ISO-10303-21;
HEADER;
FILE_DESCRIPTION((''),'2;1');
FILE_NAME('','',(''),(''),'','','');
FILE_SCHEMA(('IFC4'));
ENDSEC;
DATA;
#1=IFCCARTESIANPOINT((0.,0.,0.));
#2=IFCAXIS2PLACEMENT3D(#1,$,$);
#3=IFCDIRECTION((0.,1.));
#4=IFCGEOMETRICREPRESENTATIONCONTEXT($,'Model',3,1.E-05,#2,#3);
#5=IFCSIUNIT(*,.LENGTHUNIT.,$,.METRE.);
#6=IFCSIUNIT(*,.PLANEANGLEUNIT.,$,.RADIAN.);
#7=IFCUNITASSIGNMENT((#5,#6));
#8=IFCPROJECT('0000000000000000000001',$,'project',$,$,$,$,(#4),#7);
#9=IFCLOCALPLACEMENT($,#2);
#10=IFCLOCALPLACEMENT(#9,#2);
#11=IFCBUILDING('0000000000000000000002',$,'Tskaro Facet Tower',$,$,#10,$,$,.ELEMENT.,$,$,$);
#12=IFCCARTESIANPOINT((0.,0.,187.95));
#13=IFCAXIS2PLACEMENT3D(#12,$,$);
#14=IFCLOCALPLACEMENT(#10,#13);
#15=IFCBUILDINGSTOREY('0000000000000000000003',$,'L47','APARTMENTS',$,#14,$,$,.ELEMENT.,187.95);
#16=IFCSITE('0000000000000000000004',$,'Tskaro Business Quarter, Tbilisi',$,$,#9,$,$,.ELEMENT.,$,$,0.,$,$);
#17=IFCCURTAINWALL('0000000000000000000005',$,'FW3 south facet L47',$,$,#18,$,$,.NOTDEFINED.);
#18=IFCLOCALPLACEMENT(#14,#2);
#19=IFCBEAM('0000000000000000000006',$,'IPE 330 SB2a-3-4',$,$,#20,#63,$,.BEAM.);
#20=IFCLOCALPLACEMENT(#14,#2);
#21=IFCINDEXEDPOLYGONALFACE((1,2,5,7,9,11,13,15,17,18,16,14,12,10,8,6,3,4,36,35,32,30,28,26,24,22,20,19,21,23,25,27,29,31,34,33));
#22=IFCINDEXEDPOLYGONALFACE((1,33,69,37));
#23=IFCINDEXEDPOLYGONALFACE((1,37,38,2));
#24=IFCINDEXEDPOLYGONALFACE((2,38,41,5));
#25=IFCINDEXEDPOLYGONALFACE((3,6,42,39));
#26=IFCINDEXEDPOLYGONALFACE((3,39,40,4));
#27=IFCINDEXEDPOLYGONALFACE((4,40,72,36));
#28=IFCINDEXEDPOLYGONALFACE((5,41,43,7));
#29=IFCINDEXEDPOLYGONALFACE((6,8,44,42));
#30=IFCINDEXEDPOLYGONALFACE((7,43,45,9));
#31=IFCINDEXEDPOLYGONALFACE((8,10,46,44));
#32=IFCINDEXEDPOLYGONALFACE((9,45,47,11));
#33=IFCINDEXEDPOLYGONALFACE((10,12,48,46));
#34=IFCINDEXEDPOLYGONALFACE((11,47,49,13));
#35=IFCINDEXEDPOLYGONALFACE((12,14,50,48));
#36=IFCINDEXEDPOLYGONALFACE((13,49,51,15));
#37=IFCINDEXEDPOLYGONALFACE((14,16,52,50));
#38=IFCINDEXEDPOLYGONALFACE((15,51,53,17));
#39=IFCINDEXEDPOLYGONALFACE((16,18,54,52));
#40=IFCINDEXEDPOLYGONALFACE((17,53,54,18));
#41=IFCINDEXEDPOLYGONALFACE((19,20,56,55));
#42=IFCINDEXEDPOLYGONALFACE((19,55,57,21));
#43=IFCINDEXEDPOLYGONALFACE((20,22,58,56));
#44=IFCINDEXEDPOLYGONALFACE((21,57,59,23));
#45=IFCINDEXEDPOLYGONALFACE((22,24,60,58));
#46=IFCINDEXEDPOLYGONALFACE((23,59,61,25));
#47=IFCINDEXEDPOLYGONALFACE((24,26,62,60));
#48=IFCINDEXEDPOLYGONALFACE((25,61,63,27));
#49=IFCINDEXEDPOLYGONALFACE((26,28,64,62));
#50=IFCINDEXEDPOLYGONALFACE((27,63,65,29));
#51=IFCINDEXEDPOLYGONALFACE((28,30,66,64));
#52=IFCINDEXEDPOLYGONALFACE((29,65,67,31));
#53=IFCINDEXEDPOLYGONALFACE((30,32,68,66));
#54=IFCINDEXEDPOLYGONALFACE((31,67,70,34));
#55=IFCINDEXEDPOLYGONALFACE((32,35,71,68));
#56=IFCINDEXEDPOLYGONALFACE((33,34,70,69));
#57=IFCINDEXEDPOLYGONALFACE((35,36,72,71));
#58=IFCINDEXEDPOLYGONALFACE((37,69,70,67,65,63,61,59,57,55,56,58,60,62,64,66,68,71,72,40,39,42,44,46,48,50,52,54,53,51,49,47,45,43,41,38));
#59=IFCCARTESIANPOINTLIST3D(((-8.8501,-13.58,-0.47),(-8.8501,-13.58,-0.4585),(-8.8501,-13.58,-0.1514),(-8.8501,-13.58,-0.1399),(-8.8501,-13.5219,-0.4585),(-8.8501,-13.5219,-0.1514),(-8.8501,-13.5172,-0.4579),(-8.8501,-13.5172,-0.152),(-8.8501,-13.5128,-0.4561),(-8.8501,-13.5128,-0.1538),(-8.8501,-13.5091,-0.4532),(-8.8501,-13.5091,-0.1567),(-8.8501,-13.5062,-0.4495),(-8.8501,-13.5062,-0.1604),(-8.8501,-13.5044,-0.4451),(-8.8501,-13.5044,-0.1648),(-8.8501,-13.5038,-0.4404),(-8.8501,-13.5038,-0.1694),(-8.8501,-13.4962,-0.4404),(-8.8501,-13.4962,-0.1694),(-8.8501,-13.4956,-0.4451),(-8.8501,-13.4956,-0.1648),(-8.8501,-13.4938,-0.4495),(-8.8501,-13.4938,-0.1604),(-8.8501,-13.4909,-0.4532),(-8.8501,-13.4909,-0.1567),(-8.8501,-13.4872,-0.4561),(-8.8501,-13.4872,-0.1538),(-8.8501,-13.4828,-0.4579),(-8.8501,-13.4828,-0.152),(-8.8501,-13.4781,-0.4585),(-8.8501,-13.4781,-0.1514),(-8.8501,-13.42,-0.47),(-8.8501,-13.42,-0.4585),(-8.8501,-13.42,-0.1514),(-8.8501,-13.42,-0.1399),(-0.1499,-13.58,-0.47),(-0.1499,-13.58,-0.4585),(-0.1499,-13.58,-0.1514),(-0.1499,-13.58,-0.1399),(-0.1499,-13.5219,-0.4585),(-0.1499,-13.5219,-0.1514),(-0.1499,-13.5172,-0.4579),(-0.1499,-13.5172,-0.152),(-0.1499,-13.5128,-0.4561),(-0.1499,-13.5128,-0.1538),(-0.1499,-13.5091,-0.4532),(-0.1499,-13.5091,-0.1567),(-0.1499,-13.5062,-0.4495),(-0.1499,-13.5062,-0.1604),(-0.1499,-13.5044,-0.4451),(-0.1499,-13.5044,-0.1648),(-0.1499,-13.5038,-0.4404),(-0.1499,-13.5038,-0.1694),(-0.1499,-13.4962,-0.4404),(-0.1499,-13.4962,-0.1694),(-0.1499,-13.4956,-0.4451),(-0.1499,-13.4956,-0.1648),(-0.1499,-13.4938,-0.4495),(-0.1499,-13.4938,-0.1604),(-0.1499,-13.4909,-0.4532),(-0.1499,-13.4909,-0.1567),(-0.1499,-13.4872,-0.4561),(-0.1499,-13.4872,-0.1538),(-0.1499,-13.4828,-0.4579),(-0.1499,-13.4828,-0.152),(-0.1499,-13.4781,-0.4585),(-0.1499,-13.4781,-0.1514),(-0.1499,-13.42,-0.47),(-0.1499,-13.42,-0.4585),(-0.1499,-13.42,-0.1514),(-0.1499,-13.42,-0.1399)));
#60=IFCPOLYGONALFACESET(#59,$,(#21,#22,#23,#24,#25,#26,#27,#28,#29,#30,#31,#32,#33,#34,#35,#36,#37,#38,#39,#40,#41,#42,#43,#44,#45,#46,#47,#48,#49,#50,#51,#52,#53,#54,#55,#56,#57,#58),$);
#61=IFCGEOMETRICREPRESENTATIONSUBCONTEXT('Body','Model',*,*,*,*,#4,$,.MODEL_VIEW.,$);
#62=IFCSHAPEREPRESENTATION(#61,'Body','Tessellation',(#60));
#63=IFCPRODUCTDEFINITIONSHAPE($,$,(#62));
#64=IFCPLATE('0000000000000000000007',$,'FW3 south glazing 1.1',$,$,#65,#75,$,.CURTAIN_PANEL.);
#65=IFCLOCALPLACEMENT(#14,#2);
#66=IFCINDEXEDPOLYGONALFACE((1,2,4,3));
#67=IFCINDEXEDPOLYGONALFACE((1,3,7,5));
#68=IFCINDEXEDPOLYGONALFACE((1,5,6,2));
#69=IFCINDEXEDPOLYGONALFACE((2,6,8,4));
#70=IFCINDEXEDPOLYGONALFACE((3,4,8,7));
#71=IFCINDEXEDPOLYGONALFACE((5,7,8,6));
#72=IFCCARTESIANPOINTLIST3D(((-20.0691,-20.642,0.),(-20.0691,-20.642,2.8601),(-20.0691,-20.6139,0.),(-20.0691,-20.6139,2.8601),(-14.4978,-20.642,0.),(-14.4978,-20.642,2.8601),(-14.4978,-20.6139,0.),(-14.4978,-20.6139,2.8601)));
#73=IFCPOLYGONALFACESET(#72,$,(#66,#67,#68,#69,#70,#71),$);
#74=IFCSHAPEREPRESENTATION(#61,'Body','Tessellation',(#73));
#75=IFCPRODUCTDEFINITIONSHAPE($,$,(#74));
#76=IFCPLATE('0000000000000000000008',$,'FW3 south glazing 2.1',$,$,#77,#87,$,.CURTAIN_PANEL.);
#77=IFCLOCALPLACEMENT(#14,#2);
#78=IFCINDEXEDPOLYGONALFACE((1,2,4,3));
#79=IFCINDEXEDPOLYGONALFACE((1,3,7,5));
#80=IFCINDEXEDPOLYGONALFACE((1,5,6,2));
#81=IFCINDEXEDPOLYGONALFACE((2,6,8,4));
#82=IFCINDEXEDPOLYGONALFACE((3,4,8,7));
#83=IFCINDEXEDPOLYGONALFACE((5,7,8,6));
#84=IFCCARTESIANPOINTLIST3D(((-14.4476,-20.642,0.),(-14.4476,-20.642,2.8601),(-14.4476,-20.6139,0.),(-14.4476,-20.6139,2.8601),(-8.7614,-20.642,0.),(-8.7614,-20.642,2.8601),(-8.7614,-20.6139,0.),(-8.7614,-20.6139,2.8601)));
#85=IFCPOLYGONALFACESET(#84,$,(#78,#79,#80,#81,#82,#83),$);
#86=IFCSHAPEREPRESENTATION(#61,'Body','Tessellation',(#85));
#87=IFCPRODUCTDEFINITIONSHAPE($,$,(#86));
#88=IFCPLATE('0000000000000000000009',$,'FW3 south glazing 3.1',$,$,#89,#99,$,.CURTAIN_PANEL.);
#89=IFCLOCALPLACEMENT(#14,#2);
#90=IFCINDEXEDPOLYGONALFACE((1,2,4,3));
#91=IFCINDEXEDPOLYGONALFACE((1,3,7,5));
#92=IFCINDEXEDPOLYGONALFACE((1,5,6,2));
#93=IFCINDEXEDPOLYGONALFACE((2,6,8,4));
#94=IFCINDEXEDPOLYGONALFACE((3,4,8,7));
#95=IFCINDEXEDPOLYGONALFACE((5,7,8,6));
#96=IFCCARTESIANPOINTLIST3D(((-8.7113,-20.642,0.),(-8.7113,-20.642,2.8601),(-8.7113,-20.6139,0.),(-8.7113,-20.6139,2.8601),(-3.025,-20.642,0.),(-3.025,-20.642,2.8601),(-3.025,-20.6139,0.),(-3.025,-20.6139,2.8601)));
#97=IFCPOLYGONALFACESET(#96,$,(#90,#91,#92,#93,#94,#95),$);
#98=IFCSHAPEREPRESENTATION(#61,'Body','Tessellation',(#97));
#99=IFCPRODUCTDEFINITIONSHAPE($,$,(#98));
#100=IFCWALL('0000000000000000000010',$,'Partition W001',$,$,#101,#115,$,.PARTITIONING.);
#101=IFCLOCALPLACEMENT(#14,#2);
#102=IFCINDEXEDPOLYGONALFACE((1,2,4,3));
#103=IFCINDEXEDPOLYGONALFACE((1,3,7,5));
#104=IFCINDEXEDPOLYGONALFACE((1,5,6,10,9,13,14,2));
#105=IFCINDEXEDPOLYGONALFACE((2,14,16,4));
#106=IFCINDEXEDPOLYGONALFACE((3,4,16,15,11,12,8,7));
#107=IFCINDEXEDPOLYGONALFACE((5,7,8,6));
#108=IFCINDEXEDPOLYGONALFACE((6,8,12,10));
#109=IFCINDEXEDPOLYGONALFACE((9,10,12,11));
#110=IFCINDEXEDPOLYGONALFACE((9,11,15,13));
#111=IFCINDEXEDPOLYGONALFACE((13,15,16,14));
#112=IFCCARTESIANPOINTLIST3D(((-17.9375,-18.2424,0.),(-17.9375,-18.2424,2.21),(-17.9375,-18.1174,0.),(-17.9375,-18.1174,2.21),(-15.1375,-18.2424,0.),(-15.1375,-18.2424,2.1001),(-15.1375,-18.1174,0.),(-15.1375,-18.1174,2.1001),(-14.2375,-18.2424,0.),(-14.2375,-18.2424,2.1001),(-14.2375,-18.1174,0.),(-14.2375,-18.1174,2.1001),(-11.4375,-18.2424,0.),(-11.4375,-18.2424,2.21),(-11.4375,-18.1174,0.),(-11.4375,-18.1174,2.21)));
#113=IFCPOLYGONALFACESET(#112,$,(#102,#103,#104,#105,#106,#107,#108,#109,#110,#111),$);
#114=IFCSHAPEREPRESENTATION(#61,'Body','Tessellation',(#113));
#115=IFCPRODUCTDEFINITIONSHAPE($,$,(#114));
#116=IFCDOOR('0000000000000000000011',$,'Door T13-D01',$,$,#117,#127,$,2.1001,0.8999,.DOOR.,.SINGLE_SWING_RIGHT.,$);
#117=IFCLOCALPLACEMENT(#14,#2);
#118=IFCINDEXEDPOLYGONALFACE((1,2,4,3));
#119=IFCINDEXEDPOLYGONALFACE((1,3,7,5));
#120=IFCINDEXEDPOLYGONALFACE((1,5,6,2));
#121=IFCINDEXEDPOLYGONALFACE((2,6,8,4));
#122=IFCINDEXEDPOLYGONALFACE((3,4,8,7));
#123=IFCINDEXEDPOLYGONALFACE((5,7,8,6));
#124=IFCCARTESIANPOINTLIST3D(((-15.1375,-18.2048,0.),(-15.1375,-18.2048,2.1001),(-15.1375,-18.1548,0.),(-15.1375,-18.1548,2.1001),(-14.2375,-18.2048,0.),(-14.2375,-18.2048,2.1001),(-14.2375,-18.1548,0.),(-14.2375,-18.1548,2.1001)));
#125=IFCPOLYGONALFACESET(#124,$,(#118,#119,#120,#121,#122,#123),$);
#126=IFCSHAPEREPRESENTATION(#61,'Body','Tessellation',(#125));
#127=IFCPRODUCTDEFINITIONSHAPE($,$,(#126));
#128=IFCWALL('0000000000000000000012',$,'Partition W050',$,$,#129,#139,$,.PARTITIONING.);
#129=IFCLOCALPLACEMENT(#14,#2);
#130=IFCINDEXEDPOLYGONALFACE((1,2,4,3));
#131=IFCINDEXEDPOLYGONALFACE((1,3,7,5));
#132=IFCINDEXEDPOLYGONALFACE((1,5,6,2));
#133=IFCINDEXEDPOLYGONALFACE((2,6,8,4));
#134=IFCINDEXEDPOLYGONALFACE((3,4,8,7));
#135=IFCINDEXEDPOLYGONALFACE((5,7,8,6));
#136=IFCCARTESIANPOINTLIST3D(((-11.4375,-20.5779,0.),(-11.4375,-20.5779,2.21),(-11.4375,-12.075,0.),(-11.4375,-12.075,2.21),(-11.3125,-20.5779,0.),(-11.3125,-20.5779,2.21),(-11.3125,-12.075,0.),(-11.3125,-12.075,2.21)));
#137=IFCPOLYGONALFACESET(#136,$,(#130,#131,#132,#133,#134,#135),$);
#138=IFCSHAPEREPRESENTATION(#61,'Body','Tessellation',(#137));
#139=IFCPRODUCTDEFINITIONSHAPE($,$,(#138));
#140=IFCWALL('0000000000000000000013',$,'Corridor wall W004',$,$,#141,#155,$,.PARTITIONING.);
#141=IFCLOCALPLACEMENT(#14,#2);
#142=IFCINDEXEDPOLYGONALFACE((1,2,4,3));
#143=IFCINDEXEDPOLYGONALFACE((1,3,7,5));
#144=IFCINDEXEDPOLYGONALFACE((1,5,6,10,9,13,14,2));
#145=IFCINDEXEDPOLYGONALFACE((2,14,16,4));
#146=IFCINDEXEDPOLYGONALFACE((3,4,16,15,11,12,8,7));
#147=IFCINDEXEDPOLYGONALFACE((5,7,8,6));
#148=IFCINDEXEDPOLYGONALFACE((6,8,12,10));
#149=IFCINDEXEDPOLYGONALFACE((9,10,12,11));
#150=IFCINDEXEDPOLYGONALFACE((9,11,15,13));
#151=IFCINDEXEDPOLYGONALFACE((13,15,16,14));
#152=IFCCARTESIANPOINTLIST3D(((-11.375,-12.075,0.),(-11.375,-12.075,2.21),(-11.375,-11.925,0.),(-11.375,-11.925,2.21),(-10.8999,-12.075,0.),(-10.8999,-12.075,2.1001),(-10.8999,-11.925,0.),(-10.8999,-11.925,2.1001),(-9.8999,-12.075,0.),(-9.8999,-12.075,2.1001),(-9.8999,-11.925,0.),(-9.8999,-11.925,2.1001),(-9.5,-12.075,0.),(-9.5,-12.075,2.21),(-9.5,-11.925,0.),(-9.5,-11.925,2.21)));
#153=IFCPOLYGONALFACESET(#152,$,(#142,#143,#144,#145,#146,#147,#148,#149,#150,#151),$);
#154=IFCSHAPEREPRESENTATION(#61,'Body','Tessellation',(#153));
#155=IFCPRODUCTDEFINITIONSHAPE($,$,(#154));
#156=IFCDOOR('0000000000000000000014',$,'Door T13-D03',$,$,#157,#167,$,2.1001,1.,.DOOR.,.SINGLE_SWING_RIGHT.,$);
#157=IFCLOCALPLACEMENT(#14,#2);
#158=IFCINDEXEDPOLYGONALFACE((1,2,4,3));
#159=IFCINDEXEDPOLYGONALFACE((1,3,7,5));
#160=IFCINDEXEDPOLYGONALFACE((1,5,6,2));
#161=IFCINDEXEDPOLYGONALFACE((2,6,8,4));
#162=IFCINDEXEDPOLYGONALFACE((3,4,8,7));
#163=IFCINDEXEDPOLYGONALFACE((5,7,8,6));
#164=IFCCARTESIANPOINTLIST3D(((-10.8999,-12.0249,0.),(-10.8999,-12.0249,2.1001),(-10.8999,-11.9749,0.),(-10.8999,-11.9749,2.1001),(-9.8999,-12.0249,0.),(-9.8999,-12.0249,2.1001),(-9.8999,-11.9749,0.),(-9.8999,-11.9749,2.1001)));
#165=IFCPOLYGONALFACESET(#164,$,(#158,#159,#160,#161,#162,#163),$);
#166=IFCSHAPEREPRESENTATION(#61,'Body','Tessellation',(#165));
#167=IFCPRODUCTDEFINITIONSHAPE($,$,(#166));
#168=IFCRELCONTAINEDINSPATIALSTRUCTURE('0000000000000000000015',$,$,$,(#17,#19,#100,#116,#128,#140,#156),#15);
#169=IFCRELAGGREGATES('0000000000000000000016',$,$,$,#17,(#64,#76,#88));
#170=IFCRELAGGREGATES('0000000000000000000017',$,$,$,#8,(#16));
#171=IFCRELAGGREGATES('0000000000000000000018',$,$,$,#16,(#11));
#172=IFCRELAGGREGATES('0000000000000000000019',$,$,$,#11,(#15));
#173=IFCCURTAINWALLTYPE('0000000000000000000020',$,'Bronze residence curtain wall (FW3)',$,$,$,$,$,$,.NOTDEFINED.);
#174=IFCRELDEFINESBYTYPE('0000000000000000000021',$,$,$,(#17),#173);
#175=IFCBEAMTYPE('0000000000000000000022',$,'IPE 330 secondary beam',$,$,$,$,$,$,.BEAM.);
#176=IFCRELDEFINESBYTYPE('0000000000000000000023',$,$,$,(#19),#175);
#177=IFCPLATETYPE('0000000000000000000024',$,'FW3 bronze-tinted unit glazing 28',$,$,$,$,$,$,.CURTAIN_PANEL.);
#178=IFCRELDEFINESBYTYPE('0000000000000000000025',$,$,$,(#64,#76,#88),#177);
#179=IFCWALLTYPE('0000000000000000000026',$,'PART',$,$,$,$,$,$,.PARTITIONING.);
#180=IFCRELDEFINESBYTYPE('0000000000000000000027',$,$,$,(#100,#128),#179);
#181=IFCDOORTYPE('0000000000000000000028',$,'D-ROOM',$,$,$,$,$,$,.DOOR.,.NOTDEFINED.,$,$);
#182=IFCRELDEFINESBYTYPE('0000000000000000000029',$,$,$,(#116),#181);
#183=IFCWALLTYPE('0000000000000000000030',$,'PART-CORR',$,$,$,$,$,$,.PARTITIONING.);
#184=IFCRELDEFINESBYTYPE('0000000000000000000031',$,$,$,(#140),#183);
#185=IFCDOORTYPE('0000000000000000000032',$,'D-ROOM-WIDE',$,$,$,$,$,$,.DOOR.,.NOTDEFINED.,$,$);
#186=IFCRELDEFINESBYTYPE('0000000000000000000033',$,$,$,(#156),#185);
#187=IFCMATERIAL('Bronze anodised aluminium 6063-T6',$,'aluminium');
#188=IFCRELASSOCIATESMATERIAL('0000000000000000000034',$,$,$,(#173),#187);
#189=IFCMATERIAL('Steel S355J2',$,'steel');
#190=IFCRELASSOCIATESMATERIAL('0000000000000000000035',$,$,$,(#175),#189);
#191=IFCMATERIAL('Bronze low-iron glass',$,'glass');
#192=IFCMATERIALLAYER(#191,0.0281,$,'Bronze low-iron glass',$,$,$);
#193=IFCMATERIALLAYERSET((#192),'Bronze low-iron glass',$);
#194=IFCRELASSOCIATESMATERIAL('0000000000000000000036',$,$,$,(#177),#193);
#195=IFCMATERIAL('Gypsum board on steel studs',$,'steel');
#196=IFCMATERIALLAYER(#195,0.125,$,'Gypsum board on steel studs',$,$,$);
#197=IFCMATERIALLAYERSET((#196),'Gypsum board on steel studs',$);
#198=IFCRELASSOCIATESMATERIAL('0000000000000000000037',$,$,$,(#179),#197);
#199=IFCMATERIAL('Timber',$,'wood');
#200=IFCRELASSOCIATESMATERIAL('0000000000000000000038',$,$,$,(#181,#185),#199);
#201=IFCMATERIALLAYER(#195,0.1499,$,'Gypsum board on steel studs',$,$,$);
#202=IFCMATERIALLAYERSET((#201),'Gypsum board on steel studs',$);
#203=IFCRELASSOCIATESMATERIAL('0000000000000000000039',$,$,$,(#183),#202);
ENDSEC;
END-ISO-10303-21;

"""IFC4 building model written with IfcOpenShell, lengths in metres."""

from ifc_helpers import new_model, si_unit, direction, frame, frame_2d, origin, origin_2d, place, context, subcontext, project, spatial, rectangle, i_section, extrude, material, layer, layer_set, material_profile, profile_set, type_object, element, fill, aggregate, save


model = new_model("IFC4")

# Units and contexts
model_context = context("Model", 3, precision=1e-05, world=origin(), true_north=direction((0.0, 1.0)))
body_context = subcontext(model_context, "Body", "Model", "MODEL_VIEW")
ifc_project = project(units=[si_unit("LENGTHUNIT", "METRE"), si_unit("PLANEANGLEUNIT", "RADIAN")], contexts=[model_context])

# Site, building, storey
site_placement = place(None, origin())
site = spatial("IfcSite", under=ifc_project, at=site_placement, Name="Tskaro Business Quarter, Tbilisi", CompositionType="ELEMENT", RefElevation=0.0)
building_placement = place(site_placement, origin())
building = spatial("IfcBuilding", under=site, at=building_placement, Name="Tskaro Facet Tower", CompositionType="ELEMENT")
storey_placement = place(building_placement, frame((0.0, 0.0, 187.95)))
storey = spatial("IfcBuildingStorey", under=building, at=storey_placement, Name="L47", Description="APARTMENTS", CompositionType="ELEMENT", Elevation=187.95)

# Curtain wall
ifc_material_1 = material(Name="Bronze anodised aluminium 6063-T6", Category="aluminium")
curtain_wall_type = type_object("IfcCurtainWallType", Name="Bronze residence curtain wall (FW3)", PredefinedType="NOTDEFINED", material=ifc_material_1)
curtain_wall_placement = place(storey_placement, origin())
curtain_wall = element("IfcCurtainWall", 1, at=curtain_wall_placement, inside=storey, type_object=curtain_wall_type, Name="FW3 south facet L47", PredefinedType="NOTDEFINED")

# Beam
ifc_material_2 = material(Name="Steel S355J2", Category="steel")
ifc_material_profile_1 = material_profile(ifc_material_2, i_section(OverallWidth=0.1599, OverallDepth=0.3301, WebThickness=0.0076, FlangeThickness=0.0115, FilletRadius=0.0181, at=origin_2d()), Name="IPE 330")
ifc_profile_set_1 = profile_set([ifc_material_profile_1], Name="Steel S355J2")
beam_type_1 = type_object("IfcBeamType", Name="IPE 330 secondary beam", PredefinedType="BEAM", material=ifc_profile_set_1)
for number, where, z_axis, x_axis, name in (
    (2, (-8.8501, -13.5, -0.3049), (1.0, 0.0, 0.0), (0.0, 1.0, 0.0), "IPE 330 SB2a-3-4"),
):
    element("IfcBeam", number, at=place(storey_placement, frame(where, z_axis=z_axis, x_axis=x_axis)), inside=storey, type_object=beam_type_1, Name=name, PredefinedType="BEAM", context=body_context, shape_type="SweptSolid", body=[
        extrude(i_section(OverallWidth=0.1599, OverallDepth=0.3301, WebThickness=0.0076, FlangeThickness=0.0115, FilletRadius=0.0181, at=origin_2d()), origin(), (0.0, 0.0, 1.0), 8.7002),
    ])

# Plates
ifc_material_3 = material(Name="Bronze low-iron glass", Category="glass")
ifc_layer_1 = layer(ifc_material_3, 0.0281, Name="Bronze low-iron glass")
ifc_layer_set_1 = layer_set([ifc_layer_1], Name="Bronze low-iron glass")
plate_type = type_object("IfcPlateType", Name="FW3 bronze-tinted unit glazing 28", PredefinedType="CURTAIN_PANEL", material=ifc_layer_set_1)
plate_1_placement = place(storey_placement, frame((-17.2834, -20.6279, 0.0), z_axis=(0.0, 0.0, 1.0), x_axis=(1.0, 0.0, 0.0)))
plate_1 = element("IfcPlate", 3, at=plate_1_placement, type_object=plate_type, Name="FW3 south glazing 1.1", PredefinedType="CURTAIN_PANEL", context=body_context, shape_type="SweptSolid", body=[
    extrude(rectangle(XDim=5.5713, YDim=0.0281, at=origin_2d()), origin(), (0.0, 0.0, 1.0), 2.8601),
])
plate_2_placement = place(storey_placement, frame((-11.6045, -20.6279, 0.0), z_axis=(0.0, 0.0, 1.0), x_axis=(1.0, 0.0, 0.0)))
plate_2 = element("IfcPlate", 4, at=plate_2_placement, type_object=plate_type, Name="FW3 south glazing 2.1", PredefinedType="CURTAIN_PANEL", context=body_context, shape_type="SweptSolid", body=[
    extrude(rectangle(XDim=5.6863, YDim=0.0281, at=origin_2d()), origin(), (0.0, 0.0, 1.0), 2.8601),
])
plate_3_placement = place(storey_placement, frame((-5.8682, -20.6279, 0.0), z_axis=(0.0, 0.0, 1.0), x_axis=(1.0, 0.0, 0.0)))
plate_3 = element("IfcPlate", 5, at=plate_3_placement, type_object=plate_type, Name="FW3 south glazing 3.1", PredefinedType="CURTAIN_PANEL", context=body_context, shape_type="SweptSolid", body=[
    extrude(rectangle(XDim=5.6863, YDim=0.0281, at=origin_2d()), origin(), (0.0, 0.0, 1.0), 2.8601),
])
aggregate(curtain_wall, [plate_1, plate_2, plate_3])

# Wall, opening, door
ifc_material_4 = material(Name="Gypsum board on steel studs", Category="steel")
ifc_layer_2 = layer(ifc_material_4, 0.125, Name="Gypsum board on steel studs")
ifc_layer_set_2 = layer_set([ifc_layer_2], Name="Gypsum board on steel studs")
wall_type_1 = type_object("IfcWallType", Name="PART", PredefinedType="PARTITIONING", material=ifc_layer_set_2)
wall_1_placement = place(storey_placement, frame((-11.4375, -18.1799, 0.0), z_axis=(0.0, 0.0, 1.0), x_axis=(-1.0, 0.0, 0.0)))
wall_1 = element("IfcWall", 6, at=wall_1_placement, inside=storey, type_object=wall_type_1, Name="Partition W001", PredefinedType="PARTITIONING", context=body_context, shape_type="SweptSolid", body=[
    extrude(rectangle(XDim=6.5, YDim=0.125, at=frame_2d((3.25, 0.0))), origin(), (0.0, 0.0, 1.0), 2.21),
])
opening_1_placement = place(wall_1_placement, frame((2.8, 0.0, 0.0)))
opening_1 = element("IfcOpeningElement", 7, at=opening_1_placement, cuts=wall_1, PredefinedType="OPENING", context=body_context, shape_type="SweptSolid", body=[
    extrude(rectangle(XDim=0.8999, YDim=2.1001, at=frame_2d((0.45, 1.05))), frame((0.0, 0.0725, 0.0), z_axis=(0.0, -1.0, 0.0), x_axis=(1.0, 0.0, 0.0)), (0.0, 0.0, 1.0), 0.145),
])
ifc_material_5 = material(Name="Timber", Category="wood")
door_type_1 = type_object("IfcDoorType", Name="D-ROOM", OperationType="NOTDEFINED", PredefinedType="DOOR", material=ifc_material_5)
door_1_placement = place(opening_1_placement, origin())
door_1 = element("IfcDoor", 8, at=door_1_placement, inside=storey, type_object=door_type_1, Name="Door T13-D01", OperationType="SINGLE_SWING_RIGHT", OverallHeight=2.1001, OverallWidth=0.8999, PredefinedType="DOOR", context=body_context, shape_type="SweptSolid", body=[
    extrude(rectangle(XDim=0.8999, YDim=2.1001, at=frame_2d((0.45, 1.05))), frame((0.0, 0.0249, 0.0), z_axis=(0.0, -1.0, 0.0), x_axis=(1.0, 0.0, 0.0)), (0.0, 0.0, 1.0), 0.05),
])
fill(opening_1, door_1)

# Wall
wall_2_placement = place(storey_placement, frame((-11.375, -20.5779, 0.0), z_axis=(0.0, 0.0, 1.0), x_axis=(0.0, 1.0, 0.0)))
element("IfcWall", 9, at=wall_2_placement, inside=storey, type_object=wall_type_1, Name="Partition W050", PredefinedType="PARTITIONING", context=body_context, shape_type="SweptSolid", body=[
    extrude(rectangle(XDim=8.5029, YDim=0.125, at=frame_2d((4.2515, 0.0))), origin(), (0.0, 0.0, 1.0), 2.21),
])

# Wall, opening, door
ifc_layer_3 = layer(ifc_material_4, 0.1499, Name="Gypsum board on steel studs")
ifc_layer_set_3 = layer_set([ifc_layer_3], Name="Gypsum board on steel studs")
wall_type_2 = type_object("IfcWallType", Name="PART-CORR", PredefinedType="PARTITIONING", material=ifc_layer_set_3)
wall_3_placement = place(storey_placement, frame((-9.5, -12.0, 0.0), z_axis=(0.0, 0.0, 1.0), x_axis=(-1.0, 0.0, 0.0)))
wall_3 = element("IfcWall", 10, at=wall_3_placement, inside=storey, type_object=wall_type_2, Name="Corridor wall W004", PredefinedType="PARTITIONING", context=body_context, shape_type="SweptSolid", body=[
    extrude(rectangle(XDim=1.875, YDim=0.1499, at=frame_2d((0.9375, 0.0))), origin(), (0.0, 0.0, 1.0), 2.21),
])
opening_2_placement = place(wall_3_placement, frame((0.3999, 0.0, 0.0)))
opening_2 = element("IfcOpeningElement", 11, at=opening_2_placement, cuts=wall_3, PredefinedType="OPENING", context=body_context, shape_type="SweptSolid", body=[
    extrude(rectangle(XDim=1.0, YDim=2.1001, at=frame_2d((0.5, 1.05))), frame((0.0, 0.085, 0.0), z_axis=(0.0, -1.0, 0.0), x_axis=(1.0, 0.0, 0.0)), (0.0, 0.0, 1.0), 0.1699),
])
door_type_2 = type_object("IfcDoorType", Name="D-ROOM-WIDE", OperationType="NOTDEFINED", PredefinedType="DOOR", material=ifc_material_5)
door_2_placement = place(opening_2_placement, origin())
door_2 = element("IfcDoor", 12, at=door_2_placement, inside=storey, type_object=door_type_2, Name="Door T13-D03", OperationType="SINGLE_SWING_RIGHT", OverallHeight=2.1001, OverallWidth=1.0, PredefinedType="DOOR", context=body_context, shape_type="SweptSolid", body=[
    extrude(rectangle(XDim=1.0, YDim=2.1001, at=frame_2d((0.5, 1.05))), frame((0.0, 0.0249, 0.0), z_axis=(0.0, -1.0, 0.0), x_axis=(1.0, 0.0, 0.0)), (0.0, 0.0, 1.0), 0.05),
])
fill(opening_2, door_2)

save(model, "model.ifc")
